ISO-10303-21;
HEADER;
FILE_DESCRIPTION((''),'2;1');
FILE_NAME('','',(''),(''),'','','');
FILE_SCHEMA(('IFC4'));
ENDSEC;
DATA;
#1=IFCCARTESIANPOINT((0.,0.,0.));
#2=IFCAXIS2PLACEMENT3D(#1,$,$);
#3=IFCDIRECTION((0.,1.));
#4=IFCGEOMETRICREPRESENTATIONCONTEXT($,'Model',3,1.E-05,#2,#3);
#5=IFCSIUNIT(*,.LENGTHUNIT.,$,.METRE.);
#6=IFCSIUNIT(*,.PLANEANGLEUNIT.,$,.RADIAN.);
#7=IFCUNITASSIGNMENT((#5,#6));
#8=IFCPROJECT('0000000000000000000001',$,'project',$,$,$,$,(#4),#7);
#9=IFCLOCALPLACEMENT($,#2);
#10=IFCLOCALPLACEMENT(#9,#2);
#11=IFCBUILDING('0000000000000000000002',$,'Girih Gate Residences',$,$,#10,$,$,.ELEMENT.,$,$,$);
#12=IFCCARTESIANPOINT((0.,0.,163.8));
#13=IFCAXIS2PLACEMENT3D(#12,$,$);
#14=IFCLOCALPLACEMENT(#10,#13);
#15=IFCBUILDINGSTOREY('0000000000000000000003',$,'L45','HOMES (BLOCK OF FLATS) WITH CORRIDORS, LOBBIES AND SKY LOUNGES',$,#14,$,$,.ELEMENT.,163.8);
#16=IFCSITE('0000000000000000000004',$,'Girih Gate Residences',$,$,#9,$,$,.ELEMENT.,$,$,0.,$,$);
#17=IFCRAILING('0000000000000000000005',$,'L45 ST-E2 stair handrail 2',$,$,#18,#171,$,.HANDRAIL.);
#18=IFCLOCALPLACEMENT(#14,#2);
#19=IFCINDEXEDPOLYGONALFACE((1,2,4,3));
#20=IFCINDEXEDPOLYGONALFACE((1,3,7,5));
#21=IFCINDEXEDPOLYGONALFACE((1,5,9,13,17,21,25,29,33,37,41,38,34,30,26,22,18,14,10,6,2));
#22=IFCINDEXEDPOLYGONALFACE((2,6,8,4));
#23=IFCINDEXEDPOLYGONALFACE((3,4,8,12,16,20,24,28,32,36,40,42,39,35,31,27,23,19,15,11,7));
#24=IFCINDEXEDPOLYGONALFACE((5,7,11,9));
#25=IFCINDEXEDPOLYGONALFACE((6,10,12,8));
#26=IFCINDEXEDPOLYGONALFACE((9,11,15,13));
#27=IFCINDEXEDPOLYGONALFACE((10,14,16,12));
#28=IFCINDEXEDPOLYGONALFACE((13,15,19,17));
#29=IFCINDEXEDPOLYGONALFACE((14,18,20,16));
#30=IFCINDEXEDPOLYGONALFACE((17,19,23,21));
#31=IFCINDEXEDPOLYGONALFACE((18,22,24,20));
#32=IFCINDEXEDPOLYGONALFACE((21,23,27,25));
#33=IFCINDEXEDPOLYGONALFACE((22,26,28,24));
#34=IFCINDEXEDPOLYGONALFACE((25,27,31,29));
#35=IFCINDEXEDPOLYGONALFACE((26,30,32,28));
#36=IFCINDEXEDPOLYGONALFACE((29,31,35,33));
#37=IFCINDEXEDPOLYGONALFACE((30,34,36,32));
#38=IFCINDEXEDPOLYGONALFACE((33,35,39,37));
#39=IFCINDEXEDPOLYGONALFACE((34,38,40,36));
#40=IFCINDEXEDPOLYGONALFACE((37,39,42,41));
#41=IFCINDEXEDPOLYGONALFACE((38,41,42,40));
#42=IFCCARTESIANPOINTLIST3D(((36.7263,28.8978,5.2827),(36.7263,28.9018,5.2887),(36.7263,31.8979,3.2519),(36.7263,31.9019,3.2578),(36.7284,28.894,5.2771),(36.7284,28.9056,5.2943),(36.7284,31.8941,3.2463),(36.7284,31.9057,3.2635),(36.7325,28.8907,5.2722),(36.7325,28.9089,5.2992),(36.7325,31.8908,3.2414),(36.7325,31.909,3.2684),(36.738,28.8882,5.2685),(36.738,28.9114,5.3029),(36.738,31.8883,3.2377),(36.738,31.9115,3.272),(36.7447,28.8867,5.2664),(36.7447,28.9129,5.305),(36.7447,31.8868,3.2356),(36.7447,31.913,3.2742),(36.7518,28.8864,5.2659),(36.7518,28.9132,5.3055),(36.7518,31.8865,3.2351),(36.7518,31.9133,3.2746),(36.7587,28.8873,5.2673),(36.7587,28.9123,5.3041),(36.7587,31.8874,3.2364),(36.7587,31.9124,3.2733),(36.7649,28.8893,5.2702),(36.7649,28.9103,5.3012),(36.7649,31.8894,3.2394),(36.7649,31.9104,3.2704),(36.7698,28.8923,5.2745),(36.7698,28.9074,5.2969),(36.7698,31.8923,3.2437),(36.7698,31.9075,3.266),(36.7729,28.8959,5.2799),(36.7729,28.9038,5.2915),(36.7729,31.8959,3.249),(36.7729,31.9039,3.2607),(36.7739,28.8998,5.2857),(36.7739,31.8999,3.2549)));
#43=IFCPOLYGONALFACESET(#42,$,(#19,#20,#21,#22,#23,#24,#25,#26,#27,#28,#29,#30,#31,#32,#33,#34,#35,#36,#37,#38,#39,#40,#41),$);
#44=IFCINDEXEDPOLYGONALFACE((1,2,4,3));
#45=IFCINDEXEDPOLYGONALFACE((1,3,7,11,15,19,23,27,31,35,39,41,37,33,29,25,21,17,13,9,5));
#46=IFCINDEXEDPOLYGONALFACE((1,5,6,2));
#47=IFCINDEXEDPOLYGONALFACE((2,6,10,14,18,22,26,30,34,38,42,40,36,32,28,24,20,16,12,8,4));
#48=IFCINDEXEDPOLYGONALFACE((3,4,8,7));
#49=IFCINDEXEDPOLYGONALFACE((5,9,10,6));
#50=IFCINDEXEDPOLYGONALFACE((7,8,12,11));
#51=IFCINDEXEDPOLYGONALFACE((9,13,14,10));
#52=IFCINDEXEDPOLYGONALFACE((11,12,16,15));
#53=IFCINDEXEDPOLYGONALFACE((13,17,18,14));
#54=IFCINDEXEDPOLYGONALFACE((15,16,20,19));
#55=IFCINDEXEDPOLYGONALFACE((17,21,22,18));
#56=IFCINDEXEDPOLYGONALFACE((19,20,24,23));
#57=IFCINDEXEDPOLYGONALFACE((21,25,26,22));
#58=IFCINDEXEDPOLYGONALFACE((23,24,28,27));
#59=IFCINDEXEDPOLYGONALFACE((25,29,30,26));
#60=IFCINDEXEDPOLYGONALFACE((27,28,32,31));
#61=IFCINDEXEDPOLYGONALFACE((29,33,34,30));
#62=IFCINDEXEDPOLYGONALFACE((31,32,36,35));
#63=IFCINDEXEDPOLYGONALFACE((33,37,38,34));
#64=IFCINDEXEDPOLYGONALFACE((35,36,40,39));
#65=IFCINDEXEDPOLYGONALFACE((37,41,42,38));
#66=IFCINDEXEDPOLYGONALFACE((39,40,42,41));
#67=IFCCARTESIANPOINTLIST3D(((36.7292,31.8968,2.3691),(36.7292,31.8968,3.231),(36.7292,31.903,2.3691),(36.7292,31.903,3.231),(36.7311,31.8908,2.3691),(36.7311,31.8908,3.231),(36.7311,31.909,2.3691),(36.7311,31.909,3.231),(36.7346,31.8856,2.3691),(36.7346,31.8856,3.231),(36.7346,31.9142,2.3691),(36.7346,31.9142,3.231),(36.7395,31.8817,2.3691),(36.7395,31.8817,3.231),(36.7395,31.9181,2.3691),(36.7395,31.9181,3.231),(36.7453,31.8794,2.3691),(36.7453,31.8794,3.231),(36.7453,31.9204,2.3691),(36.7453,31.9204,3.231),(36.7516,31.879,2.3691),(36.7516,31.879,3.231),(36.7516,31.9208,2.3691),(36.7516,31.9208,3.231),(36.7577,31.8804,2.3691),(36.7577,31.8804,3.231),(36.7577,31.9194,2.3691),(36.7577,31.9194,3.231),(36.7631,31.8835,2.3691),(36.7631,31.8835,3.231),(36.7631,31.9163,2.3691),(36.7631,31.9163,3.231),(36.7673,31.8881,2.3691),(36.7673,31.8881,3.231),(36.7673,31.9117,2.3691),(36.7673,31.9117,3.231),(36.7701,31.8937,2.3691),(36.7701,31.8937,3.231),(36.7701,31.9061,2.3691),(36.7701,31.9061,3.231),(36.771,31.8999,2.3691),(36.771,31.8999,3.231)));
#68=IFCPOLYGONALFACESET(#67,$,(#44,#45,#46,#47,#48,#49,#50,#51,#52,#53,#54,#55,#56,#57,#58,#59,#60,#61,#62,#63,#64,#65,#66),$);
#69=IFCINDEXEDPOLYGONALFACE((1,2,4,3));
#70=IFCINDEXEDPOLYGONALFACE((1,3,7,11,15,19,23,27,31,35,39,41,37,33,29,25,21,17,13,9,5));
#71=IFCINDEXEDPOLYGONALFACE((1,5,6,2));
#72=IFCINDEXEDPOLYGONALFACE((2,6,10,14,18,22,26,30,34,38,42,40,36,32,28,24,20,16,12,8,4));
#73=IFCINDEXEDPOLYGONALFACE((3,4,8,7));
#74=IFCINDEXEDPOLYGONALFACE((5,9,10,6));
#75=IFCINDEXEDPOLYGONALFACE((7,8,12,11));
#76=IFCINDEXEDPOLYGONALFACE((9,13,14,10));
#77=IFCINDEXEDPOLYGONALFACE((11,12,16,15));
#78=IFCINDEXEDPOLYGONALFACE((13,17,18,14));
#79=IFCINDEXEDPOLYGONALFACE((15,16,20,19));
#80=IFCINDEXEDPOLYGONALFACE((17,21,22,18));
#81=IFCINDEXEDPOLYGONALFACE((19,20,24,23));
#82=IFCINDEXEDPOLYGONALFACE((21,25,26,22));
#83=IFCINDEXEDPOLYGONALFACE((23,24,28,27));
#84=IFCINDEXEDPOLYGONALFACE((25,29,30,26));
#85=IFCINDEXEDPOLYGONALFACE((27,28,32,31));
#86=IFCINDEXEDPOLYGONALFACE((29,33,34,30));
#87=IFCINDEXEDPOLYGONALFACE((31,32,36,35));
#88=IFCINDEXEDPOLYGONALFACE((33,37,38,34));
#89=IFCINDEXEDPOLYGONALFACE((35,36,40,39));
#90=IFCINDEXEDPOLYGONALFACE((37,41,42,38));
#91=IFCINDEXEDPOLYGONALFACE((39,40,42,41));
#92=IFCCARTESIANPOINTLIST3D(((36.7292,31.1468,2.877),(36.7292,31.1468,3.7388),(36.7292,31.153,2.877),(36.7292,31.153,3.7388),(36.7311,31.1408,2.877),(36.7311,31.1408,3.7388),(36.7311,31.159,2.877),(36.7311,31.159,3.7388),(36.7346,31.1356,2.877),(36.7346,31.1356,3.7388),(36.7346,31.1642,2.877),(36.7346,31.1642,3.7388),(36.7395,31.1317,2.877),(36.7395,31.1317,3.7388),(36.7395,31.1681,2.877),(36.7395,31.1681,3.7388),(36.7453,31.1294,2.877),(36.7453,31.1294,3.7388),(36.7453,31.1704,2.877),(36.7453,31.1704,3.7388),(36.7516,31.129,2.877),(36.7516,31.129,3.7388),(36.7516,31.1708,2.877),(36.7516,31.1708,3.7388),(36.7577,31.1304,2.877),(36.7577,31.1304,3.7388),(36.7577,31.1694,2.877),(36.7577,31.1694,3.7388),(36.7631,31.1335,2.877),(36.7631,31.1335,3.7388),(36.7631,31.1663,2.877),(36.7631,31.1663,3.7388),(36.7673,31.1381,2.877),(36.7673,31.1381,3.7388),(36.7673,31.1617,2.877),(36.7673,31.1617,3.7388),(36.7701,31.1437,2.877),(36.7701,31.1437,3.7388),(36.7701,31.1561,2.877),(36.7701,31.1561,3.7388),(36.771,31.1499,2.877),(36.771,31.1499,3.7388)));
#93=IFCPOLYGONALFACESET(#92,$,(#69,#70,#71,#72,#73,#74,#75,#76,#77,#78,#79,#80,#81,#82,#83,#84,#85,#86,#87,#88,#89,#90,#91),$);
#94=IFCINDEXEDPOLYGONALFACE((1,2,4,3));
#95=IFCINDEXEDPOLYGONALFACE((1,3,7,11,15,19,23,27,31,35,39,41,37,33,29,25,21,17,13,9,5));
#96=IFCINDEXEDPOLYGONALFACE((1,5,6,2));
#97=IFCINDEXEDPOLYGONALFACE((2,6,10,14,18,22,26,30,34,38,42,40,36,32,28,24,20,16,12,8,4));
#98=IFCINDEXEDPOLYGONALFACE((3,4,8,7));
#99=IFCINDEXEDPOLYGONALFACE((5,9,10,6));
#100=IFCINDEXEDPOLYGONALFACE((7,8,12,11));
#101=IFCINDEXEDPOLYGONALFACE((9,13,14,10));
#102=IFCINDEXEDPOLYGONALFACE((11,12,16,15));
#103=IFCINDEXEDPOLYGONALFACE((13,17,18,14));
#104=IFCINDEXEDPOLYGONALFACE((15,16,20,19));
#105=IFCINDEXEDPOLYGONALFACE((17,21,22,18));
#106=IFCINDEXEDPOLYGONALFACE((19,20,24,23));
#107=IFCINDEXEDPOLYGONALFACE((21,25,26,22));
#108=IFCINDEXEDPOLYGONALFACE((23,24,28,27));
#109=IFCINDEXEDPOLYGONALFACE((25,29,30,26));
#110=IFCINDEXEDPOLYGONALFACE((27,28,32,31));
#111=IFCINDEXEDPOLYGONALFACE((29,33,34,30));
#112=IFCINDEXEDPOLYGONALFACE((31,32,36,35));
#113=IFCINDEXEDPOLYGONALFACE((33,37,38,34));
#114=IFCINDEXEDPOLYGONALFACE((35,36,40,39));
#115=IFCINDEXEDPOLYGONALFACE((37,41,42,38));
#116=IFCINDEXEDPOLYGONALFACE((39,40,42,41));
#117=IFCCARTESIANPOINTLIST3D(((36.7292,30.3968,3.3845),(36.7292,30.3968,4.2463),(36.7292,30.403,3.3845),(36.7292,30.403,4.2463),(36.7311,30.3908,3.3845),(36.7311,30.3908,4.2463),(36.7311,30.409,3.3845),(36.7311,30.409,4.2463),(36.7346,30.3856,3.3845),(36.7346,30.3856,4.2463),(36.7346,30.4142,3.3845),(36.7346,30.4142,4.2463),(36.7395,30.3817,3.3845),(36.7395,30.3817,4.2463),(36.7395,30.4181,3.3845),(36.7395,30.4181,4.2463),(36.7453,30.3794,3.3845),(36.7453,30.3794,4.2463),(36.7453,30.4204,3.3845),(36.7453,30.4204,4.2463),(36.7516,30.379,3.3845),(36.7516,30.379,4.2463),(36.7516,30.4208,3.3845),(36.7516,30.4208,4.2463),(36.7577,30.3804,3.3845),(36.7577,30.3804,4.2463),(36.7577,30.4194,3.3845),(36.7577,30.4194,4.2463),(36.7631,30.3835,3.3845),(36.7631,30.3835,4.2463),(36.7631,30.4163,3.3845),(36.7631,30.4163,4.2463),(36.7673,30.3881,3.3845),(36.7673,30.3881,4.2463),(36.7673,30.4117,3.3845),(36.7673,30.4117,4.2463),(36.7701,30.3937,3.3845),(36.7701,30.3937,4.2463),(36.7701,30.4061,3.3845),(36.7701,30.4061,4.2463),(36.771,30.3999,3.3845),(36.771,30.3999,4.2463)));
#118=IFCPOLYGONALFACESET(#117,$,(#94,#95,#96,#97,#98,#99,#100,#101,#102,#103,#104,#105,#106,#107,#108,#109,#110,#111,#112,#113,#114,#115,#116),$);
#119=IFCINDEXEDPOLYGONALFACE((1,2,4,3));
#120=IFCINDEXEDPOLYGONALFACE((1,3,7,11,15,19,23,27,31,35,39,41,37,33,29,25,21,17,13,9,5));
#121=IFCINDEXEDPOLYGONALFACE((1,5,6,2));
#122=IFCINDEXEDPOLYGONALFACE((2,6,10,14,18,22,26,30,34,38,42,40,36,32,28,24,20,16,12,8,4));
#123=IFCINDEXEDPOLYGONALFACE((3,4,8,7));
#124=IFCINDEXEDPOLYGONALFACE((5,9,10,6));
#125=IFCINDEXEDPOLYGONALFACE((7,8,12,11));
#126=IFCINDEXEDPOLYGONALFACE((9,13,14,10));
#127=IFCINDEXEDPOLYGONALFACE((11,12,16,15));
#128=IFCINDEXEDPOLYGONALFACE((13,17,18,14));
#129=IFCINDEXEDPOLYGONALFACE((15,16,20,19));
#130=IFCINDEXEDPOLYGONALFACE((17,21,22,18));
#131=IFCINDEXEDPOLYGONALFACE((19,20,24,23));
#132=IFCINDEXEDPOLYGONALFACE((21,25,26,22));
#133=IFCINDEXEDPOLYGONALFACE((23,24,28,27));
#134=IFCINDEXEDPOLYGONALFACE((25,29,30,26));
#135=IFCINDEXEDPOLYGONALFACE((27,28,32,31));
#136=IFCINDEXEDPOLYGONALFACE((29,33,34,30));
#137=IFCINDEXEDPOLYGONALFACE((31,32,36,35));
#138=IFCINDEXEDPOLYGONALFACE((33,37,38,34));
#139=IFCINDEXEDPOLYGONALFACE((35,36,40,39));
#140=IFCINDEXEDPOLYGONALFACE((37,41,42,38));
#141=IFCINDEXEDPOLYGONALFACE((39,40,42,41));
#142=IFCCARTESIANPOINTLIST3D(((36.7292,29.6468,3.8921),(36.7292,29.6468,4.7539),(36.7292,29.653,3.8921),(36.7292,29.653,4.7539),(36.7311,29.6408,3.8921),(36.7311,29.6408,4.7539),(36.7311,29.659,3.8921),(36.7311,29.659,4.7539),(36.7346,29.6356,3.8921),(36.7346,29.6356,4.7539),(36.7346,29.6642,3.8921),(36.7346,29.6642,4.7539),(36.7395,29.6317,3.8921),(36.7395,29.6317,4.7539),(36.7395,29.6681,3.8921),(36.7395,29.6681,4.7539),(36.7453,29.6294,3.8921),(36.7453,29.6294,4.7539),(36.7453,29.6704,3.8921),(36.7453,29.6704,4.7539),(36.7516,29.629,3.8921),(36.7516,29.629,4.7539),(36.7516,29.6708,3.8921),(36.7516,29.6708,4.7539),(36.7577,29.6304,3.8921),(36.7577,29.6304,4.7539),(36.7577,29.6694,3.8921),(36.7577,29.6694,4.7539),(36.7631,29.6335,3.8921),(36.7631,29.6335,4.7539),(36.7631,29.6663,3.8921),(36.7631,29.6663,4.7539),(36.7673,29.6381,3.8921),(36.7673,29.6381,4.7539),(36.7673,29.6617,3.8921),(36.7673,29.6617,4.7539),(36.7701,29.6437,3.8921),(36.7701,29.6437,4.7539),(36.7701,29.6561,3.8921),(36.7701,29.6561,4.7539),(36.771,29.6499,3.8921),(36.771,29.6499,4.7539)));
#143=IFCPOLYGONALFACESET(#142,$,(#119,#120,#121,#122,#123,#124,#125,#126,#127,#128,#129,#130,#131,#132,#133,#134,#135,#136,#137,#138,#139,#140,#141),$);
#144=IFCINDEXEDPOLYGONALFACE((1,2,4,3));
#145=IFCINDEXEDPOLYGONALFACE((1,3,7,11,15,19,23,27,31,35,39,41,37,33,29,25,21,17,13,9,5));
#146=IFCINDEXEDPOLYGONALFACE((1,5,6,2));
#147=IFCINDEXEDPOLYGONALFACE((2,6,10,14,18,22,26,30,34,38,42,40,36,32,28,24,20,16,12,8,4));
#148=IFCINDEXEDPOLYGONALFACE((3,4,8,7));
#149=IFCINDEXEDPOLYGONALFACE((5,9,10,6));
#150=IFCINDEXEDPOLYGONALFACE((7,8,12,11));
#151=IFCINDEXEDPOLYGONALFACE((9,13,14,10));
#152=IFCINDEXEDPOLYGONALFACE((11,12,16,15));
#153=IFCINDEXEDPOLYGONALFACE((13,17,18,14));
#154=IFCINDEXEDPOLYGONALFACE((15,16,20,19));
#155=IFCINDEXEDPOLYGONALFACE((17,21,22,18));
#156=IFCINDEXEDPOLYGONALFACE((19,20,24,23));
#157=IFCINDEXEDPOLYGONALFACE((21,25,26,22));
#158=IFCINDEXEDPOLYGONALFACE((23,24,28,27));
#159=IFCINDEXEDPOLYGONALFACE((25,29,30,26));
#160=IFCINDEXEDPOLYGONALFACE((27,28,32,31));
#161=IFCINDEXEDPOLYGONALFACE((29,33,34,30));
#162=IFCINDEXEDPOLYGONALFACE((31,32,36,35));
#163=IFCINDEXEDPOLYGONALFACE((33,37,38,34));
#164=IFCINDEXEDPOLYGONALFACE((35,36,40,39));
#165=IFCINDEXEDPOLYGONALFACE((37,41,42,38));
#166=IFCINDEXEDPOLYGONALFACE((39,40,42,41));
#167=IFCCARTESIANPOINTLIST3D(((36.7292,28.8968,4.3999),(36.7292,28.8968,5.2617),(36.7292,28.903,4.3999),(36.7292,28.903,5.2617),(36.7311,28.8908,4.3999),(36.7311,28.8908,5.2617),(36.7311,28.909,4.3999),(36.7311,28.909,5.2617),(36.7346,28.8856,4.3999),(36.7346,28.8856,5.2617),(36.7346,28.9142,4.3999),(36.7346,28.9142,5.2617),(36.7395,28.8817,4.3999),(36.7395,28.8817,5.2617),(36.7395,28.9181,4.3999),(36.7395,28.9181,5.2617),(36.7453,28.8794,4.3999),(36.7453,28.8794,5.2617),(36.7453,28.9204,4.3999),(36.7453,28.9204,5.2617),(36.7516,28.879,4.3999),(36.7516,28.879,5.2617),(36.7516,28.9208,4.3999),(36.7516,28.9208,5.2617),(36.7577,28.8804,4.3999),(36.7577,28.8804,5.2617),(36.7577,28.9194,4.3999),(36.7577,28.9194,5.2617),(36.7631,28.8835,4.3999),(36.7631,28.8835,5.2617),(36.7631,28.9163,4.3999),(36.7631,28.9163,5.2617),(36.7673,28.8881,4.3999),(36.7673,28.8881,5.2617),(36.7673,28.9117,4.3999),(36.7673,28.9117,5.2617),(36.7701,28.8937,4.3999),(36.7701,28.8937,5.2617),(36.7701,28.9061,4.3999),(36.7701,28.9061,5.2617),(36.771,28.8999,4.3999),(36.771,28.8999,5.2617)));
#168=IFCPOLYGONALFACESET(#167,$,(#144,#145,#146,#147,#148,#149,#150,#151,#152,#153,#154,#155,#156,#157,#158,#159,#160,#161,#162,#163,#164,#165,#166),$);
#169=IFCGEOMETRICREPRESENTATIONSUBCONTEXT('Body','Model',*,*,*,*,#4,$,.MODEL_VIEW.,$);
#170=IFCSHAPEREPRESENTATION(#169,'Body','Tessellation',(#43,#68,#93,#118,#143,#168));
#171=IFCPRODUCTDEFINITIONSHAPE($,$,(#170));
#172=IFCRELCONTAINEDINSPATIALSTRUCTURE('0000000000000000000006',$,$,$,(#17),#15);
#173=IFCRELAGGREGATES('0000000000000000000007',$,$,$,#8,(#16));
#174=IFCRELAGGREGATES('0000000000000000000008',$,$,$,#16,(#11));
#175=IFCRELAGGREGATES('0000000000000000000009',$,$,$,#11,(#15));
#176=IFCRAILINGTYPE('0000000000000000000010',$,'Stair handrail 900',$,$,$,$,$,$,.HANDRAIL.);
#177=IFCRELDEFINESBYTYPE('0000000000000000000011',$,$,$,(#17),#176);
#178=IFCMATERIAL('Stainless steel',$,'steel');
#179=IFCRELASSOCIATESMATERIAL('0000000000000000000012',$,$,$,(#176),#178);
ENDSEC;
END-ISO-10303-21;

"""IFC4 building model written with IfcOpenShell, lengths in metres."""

from ifc_helpers import new_model, si_unit, direction, frame, origin, origin_2d, place, context, subcontext, project, spatial, circle, extrude, material, type_object, element, save


model = new_model("IFC4")

# Units and contexts
model_context = context("Model", 3, precision=1e-05, world=origin(), true_north=direction((0.0, 1.0)))
body_context = subcontext(model_context, "Body", "Model", "MODEL_VIEW")
ifc_project = project(units=[si_unit("LENGTHUNIT", "METRE"), si_unit("PLANEANGLEUNIT", "RADIAN")], contexts=[model_context])

# Site, building, storey
site_placement = place(None, origin())
site = spatial("IfcSite", under=ifc_project, at=site_placement, Name="Girih Gate Residences", CompositionType="ELEMENT", RefElevation=0.0)
building_placement = place(site_placement, origin())
building = spatial("IfcBuilding", under=site, at=building_placement, Name="Girih Gate Residences", CompositionType="ELEMENT")
storey_placement = place(building_placement, frame((0.0, 0.0, 163.8)))
storey = spatial("IfcBuildingStorey", under=building, at=storey_placement, Name="L45", Description="HOMES (BLOCK OF FLATS) WITH CORRIDORS, LOBBIES AND SKY LOUNGES", CompositionType="ELEMENT", Elevation=163.8)

# Railing
ifc_material_1 = material(Name="Stainless steel", Category="steel")
railing_type_1 = type_object("IfcRailingType", Name="Stair handrail 900", PredefinedType="HANDRAIL", material=ifc_material_1)
railing_1_placement = place(storey_placement, frame((36.75, 31.8999, 2.3691)))
element("IfcRailing", 1, at=railing_1_placement, inside=storey, type_object=railing_type_1, Name="L45 ST-E2 stair handrail 2", PredefinedType="HANDRAIL", context=body_context, shape_type="SweptSolid", body=[
    extrude(circle(Radius=0.0239, at=origin_2d()), frame((0.0, 0.0, 0.8857), z_axis=(0.0, -0.82811, 0.560565), x_axis=(1.0, 0.0, 0.0)), (0.0, 0.0, 1.0), 3.6228),
    extrude(circle(Radius=0.021, at=origin_2d()), origin(), (0.0, 0.0, 1.0), 0.8618),
    extrude(circle(Radius=0.021, at=origin_2d()), frame((0.0, -0.75, 0.5078)), (0.0, 0.0, 1.0), 0.8618),
    extrude(circle(Radius=0.021, at=origin_2d()), frame((0.0, -1.5, 1.0154)), (0.0, 0.0, 1.0), 0.8618),
    extrude(circle(Radius=0.021, at=origin_2d()), frame((0.0, -2.25, 1.5229)), (0.0, 0.0, 1.0), 0.8618),
    extrude(circle(Radius=0.021, at=origin_2d()), frame((0.0, -3.0, 2.0308)), (0.0, 0.0, 1.0), 0.8618),
])

save(model, "model.ifc")
